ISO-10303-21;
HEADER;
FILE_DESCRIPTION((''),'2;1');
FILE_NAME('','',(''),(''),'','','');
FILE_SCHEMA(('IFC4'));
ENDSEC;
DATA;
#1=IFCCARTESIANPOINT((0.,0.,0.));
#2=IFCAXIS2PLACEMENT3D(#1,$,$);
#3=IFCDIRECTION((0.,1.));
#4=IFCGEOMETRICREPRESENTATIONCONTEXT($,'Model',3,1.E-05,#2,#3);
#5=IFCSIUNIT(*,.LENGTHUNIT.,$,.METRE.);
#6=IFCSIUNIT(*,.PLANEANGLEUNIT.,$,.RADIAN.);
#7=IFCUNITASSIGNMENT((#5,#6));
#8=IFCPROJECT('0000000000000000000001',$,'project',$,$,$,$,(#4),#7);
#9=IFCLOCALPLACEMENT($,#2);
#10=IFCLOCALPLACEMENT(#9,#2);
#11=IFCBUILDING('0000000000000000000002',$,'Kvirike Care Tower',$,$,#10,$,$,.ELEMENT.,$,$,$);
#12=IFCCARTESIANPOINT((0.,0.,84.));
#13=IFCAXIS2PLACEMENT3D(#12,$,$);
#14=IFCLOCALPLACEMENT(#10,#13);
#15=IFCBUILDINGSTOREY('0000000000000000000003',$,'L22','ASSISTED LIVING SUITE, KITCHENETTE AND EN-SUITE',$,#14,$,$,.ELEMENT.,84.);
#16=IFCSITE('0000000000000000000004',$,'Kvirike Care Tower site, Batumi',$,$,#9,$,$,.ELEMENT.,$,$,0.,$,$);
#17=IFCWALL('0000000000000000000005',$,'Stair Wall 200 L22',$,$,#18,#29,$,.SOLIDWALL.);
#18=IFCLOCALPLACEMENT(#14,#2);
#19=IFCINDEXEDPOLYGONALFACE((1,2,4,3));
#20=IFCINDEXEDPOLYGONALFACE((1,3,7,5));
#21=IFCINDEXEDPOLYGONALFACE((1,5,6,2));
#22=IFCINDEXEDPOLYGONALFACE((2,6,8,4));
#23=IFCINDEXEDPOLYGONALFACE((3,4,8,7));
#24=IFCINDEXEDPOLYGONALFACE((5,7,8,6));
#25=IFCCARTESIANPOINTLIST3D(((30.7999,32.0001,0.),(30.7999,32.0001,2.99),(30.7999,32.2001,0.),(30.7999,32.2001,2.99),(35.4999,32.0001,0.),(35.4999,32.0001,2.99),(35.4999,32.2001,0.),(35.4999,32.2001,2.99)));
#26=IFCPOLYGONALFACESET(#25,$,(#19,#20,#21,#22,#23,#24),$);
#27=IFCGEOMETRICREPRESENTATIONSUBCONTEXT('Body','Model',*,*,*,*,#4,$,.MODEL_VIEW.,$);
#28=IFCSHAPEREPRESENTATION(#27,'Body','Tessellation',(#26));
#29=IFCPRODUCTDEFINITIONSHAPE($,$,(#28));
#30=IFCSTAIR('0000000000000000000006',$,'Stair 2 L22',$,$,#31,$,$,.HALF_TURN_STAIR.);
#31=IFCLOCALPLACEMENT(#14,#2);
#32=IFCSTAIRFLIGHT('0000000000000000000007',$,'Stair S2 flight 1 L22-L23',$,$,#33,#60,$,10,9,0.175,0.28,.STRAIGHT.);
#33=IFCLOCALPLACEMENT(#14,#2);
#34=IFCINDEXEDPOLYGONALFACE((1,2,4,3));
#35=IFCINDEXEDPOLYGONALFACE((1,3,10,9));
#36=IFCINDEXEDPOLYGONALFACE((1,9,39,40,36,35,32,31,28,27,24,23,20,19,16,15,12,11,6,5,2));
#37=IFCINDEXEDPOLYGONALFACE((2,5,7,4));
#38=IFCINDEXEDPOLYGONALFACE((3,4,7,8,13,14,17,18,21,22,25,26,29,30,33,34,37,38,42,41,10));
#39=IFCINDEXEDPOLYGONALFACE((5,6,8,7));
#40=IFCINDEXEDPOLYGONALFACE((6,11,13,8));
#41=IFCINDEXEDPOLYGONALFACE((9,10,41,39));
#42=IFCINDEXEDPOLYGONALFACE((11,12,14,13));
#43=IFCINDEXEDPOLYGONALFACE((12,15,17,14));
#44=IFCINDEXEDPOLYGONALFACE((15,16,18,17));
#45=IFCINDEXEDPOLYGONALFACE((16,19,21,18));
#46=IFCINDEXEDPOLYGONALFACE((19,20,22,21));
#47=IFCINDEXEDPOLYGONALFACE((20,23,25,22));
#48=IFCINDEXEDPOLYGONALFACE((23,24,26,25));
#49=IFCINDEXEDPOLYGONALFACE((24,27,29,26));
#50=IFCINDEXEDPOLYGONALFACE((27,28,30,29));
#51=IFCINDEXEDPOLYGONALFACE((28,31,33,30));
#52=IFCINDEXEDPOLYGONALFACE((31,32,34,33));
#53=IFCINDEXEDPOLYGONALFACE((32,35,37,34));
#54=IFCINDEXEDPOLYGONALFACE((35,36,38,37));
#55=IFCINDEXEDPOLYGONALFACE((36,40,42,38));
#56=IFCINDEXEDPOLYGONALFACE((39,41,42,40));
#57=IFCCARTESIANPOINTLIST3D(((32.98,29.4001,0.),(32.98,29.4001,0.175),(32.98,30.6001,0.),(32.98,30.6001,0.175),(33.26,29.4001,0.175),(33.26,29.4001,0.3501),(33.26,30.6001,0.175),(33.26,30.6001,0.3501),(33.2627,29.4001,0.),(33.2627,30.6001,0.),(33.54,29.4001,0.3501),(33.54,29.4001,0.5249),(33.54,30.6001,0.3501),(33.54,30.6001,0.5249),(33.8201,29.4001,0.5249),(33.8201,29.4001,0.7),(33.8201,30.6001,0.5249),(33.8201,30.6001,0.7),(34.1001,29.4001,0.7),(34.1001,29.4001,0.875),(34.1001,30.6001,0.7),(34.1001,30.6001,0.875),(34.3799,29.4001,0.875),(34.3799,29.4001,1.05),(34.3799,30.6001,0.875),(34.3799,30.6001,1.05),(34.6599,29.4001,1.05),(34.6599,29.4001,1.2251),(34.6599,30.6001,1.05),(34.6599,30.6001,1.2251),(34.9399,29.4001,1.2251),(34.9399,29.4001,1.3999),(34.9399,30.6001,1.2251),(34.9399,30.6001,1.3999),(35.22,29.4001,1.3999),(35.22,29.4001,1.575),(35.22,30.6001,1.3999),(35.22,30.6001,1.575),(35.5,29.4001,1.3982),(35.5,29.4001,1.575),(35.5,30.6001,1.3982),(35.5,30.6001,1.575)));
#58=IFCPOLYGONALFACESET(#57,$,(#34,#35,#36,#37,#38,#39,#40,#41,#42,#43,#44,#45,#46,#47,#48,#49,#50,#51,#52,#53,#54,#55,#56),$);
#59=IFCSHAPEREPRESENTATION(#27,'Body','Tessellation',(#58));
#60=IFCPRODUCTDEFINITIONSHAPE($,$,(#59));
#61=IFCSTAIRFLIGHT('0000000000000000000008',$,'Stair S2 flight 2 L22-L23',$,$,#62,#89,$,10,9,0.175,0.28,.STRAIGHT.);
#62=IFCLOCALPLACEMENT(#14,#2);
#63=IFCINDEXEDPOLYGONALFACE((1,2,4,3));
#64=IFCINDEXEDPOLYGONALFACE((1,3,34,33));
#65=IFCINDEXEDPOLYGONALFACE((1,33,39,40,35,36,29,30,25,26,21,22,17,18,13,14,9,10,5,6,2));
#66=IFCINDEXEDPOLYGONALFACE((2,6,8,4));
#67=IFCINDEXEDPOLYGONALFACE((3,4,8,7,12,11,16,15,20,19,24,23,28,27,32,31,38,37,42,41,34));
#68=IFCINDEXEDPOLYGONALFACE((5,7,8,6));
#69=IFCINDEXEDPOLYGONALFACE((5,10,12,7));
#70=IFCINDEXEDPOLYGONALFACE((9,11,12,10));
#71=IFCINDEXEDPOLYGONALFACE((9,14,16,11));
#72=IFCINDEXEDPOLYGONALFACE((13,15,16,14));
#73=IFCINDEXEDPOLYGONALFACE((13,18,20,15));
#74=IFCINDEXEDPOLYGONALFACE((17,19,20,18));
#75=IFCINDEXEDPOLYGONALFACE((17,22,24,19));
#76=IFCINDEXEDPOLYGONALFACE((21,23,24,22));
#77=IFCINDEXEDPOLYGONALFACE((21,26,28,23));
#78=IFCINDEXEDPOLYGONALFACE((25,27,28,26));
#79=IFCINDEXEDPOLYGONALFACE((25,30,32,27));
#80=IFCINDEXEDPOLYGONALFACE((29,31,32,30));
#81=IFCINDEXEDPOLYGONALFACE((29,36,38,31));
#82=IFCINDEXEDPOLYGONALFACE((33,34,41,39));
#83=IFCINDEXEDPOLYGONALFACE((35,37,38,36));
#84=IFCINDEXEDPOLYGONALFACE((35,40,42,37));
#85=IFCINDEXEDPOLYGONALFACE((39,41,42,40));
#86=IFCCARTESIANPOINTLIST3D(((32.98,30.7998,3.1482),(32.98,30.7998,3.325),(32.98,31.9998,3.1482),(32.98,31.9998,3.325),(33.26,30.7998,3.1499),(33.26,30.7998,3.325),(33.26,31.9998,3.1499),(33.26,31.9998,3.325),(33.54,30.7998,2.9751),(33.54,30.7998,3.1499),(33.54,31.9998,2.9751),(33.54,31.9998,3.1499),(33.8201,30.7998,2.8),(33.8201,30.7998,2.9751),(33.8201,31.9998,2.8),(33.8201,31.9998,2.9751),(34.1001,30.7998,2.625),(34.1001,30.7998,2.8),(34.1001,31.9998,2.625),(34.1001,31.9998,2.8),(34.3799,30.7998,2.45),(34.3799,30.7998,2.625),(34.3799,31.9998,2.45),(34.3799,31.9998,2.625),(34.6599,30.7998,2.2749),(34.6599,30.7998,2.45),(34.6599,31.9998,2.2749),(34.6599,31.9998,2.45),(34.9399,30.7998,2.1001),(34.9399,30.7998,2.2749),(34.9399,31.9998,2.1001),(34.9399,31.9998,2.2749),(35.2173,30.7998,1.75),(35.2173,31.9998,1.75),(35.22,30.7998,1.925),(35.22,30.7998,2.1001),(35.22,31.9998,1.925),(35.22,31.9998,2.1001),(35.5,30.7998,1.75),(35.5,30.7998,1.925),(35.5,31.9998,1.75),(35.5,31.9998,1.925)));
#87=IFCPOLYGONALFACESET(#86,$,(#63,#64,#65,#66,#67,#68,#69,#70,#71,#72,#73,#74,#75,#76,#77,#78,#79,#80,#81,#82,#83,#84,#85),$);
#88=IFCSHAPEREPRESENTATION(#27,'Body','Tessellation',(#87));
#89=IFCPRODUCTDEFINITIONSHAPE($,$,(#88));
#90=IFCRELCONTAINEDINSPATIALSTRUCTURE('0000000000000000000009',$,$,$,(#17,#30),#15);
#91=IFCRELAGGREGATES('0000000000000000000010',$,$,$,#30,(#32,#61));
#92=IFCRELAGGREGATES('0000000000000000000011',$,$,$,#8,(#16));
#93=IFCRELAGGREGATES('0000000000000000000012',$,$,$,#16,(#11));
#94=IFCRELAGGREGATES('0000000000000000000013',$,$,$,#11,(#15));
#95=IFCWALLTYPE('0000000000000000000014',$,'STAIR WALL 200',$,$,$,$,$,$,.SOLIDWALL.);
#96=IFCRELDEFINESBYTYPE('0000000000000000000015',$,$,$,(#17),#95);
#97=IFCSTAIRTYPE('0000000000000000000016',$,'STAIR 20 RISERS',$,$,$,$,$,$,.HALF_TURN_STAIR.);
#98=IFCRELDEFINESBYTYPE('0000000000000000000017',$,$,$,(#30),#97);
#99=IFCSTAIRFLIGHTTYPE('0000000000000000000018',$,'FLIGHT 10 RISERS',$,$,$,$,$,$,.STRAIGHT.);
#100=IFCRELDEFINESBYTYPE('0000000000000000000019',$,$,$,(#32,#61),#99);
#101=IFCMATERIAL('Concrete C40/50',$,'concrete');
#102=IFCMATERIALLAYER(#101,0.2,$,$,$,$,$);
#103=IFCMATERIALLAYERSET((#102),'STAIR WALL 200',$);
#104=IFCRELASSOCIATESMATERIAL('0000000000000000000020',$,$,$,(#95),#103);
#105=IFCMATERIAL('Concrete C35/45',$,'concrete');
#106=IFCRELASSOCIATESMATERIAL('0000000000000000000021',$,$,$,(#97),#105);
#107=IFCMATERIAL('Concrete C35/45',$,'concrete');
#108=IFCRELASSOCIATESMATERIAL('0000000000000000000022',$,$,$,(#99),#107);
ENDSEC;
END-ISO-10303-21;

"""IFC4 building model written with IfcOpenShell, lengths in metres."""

from ifc_helpers import new_model, si_unit, direction, frame, frame_2d, origin, place, context, subcontext, project, spatial, polyline, rectangle, outline, extrude, material, layer, layer_set, type_object, element, aggregate, save


model = new_model("IFC4")

# Units and contexts
model_context = context("Model", 3, precision=1e-05, world=origin(), true_north=direction((0.0, 1.0)))
body_context = subcontext(model_context, "Body", "Model", "MODEL_VIEW")
ifc_project = project(units=[si_unit("LENGTHUNIT", "METRE"), si_unit("PLANEANGLEUNIT", "RADIAN")], contexts=[model_context])

# Site, building, storey
site_placement = place(None, origin())
site = spatial("IfcSite", under=ifc_project, at=site_placement, Name="Kvirike Care Tower site, Batumi", CompositionType="ELEMENT", RefElevation=0.0)
building_placement = place(site_placement, origin())
building = spatial("IfcBuilding", under=site, at=building_placement, Name="Kvirike Care Tower", CompositionType="ELEMENT")
storey_placement = place(building_placement, frame((0.0, 0.0, 84.0)))
storey = spatial("IfcBuildingStorey", under=building, at=storey_placement, Name="L22", Description="ASSISTED LIVING SUITE, KITCHENETTE AND EN-SUITE", CompositionType="ELEMENT", Elevation=84.0)

# Wall
ifc_material_1 = material(Name="Concrete C40/50", Category="concrete")
ifc_layer_1 = layer(ifc_material_1, 0.2)
ifc_layer_set_1 = layer_set([ifc_layer_1], Name="STAIR WALL 200")
wall_type_1 = type_object("IfcWallType", Name="STAIR WALL 200", PredefinedType="SOLIDWALL", material=ifc_layer_set_1)
wall_1_placement = place(storey_placement, frame((35.5, 32.1001, 0.0), z_axis=(0.0, 0.0, 1.0), x_axis=(-1.0, 0.0, 0.0)))
element("IfcWall", 1, at=wall_1_placement, inside=storey, type_object=wall_type_1, Name="Stair Wall 200 L22", PredefinedType="SOLIDWALL", context=body_context, shape_type="SweptSolid", body=[
    extrude(rectangle(XDim=4.7, YDim=0.2, at=frame_2d((2.3501, 0.0))), origin(), (0.0, 0.0, 1.0), 2.99),
])

# Stair, stair flights
ifc_material_2 = material(Name="Concrete C35/45", Category="concrete")
stair_type = type_object("IfcStairType", Name="STAIR 20 RISERS", PredefinedType="HALF_TURN_STAIR", material=ifc_material_2)
stair_placement = place(storey_placement, origin())
stair = element("IfcStair", 2, at=stair_placement, inside=storey, type_object=stair_type, Name="Stair 2 L22", PredefinedType="HALF_TURN_STAIR")
ifc_material_3 = material(Name="Concrete C35/45", Category="concrete")
stair_flight_type = type_object("IfcStairFlightType", Name="FLIGHT 10 RISERS", PredefinedType="STRAIGHT", material=ifc_material_3)
stair_flight_1_placement = place(storey_placement, frame((32.98, 30.0, 0.0), z_axis=(0.0, 0.0, 1.0), x_axis=(1.0, 0.0, 0.0)))
stair_flight_1 = element("IfcStairFlight", 3, at=stair_flight_1_placement, type_object=stair_flight_type, Name="Stair S2 flight 1 L22-L23", NumberOfRisers=10, NumberOfTreads=9, PredefinedType="STRAIGHT", RiserHeight=0.175, TreadLength=0.28, context=body_context, shape_type="SweptSolid", body=[
    extrude(outline(polyline([(0.0, 0.0), (0.0, 0.175), (0.28, 0.175), (0.28, 0.3501), (0.5601, 0.3501), (0.5601, 0.5249), (0.8401, 0.5249), (0.8401, 0.7), (1.1201, 0.7), (1.1201, 0.875), (1.3999, 0.875), (1.3999, 1.05), (1.6799, 1.05), (1.6799, 1.2251), (1.96, 1.2251), (1.96, 1.3999), (2.24, 1.3999), (2.24, 1.575), (2.52, 1.575), (2.52, 1.75), (2.52, 1.3982), (0.2827, 0.0), (0.0, 0.0)])), frame((0.0, 0.6001, 0.0), z_axis=(0.0, -1.0, 0.0), x_axis=(1.0, 0.0, 0.0)), (0.0, 0.0, 1.0), 1.2),
])
stair_flight_2_placement = place(storey_placement, frame((35.5, 31.3999, 1.75), z_axis=(0.0, 0.0, 1.0), x_axis=(-1.0, 0.0, 0.0)))
stair_flight_2 = element("IfcStairFlight", 4, at=stair_flight_2_placement, type_object=stair_flight_type, Name="Stair S2 flight 2 L22-L23", NumberOfRisers=10, NumberOfTreads=9, PredefinedType="STRAIGHT", RiserHeight=0.175, TreadLength=0.28, context=body_context, shape_type="SweptSolid", body=[
    extrude(outline(polyline([(0.0, 0.0), (0.0, 0.175), (0.28, 0.175), (0.28, 0.3501), (0.5601, 0.3501), (0.5601, 0.5249), (0.8401, 0.5249), (0.8401, 0.7), (1.1201, 0.7), (1.1201, 0.875), (1.3999, 0.875), (1.3999, 1.05), (1.6799, 1.05), (1.6799, 1.2251), (1.96, 1.2251), (1.96, 1.3999), (2.24, 1.3999), (2.24, 1.575), (2.52, 1.575), (2.52, 1.75), (2.52, 1.3982), (0.2827, 0.0), (0.0, 0.0)])), frame((0.0, 0.6001, 0.0), z_axis=(0.0, -1.0, 0.0), x_axis=(1.0, 0.0, 0.0)), (0.0, 0.0, 1.0), 1.2),
])
aggregate(stair, [stair_flight_1, stair_flight_2])

save(model, "model.ifc")
